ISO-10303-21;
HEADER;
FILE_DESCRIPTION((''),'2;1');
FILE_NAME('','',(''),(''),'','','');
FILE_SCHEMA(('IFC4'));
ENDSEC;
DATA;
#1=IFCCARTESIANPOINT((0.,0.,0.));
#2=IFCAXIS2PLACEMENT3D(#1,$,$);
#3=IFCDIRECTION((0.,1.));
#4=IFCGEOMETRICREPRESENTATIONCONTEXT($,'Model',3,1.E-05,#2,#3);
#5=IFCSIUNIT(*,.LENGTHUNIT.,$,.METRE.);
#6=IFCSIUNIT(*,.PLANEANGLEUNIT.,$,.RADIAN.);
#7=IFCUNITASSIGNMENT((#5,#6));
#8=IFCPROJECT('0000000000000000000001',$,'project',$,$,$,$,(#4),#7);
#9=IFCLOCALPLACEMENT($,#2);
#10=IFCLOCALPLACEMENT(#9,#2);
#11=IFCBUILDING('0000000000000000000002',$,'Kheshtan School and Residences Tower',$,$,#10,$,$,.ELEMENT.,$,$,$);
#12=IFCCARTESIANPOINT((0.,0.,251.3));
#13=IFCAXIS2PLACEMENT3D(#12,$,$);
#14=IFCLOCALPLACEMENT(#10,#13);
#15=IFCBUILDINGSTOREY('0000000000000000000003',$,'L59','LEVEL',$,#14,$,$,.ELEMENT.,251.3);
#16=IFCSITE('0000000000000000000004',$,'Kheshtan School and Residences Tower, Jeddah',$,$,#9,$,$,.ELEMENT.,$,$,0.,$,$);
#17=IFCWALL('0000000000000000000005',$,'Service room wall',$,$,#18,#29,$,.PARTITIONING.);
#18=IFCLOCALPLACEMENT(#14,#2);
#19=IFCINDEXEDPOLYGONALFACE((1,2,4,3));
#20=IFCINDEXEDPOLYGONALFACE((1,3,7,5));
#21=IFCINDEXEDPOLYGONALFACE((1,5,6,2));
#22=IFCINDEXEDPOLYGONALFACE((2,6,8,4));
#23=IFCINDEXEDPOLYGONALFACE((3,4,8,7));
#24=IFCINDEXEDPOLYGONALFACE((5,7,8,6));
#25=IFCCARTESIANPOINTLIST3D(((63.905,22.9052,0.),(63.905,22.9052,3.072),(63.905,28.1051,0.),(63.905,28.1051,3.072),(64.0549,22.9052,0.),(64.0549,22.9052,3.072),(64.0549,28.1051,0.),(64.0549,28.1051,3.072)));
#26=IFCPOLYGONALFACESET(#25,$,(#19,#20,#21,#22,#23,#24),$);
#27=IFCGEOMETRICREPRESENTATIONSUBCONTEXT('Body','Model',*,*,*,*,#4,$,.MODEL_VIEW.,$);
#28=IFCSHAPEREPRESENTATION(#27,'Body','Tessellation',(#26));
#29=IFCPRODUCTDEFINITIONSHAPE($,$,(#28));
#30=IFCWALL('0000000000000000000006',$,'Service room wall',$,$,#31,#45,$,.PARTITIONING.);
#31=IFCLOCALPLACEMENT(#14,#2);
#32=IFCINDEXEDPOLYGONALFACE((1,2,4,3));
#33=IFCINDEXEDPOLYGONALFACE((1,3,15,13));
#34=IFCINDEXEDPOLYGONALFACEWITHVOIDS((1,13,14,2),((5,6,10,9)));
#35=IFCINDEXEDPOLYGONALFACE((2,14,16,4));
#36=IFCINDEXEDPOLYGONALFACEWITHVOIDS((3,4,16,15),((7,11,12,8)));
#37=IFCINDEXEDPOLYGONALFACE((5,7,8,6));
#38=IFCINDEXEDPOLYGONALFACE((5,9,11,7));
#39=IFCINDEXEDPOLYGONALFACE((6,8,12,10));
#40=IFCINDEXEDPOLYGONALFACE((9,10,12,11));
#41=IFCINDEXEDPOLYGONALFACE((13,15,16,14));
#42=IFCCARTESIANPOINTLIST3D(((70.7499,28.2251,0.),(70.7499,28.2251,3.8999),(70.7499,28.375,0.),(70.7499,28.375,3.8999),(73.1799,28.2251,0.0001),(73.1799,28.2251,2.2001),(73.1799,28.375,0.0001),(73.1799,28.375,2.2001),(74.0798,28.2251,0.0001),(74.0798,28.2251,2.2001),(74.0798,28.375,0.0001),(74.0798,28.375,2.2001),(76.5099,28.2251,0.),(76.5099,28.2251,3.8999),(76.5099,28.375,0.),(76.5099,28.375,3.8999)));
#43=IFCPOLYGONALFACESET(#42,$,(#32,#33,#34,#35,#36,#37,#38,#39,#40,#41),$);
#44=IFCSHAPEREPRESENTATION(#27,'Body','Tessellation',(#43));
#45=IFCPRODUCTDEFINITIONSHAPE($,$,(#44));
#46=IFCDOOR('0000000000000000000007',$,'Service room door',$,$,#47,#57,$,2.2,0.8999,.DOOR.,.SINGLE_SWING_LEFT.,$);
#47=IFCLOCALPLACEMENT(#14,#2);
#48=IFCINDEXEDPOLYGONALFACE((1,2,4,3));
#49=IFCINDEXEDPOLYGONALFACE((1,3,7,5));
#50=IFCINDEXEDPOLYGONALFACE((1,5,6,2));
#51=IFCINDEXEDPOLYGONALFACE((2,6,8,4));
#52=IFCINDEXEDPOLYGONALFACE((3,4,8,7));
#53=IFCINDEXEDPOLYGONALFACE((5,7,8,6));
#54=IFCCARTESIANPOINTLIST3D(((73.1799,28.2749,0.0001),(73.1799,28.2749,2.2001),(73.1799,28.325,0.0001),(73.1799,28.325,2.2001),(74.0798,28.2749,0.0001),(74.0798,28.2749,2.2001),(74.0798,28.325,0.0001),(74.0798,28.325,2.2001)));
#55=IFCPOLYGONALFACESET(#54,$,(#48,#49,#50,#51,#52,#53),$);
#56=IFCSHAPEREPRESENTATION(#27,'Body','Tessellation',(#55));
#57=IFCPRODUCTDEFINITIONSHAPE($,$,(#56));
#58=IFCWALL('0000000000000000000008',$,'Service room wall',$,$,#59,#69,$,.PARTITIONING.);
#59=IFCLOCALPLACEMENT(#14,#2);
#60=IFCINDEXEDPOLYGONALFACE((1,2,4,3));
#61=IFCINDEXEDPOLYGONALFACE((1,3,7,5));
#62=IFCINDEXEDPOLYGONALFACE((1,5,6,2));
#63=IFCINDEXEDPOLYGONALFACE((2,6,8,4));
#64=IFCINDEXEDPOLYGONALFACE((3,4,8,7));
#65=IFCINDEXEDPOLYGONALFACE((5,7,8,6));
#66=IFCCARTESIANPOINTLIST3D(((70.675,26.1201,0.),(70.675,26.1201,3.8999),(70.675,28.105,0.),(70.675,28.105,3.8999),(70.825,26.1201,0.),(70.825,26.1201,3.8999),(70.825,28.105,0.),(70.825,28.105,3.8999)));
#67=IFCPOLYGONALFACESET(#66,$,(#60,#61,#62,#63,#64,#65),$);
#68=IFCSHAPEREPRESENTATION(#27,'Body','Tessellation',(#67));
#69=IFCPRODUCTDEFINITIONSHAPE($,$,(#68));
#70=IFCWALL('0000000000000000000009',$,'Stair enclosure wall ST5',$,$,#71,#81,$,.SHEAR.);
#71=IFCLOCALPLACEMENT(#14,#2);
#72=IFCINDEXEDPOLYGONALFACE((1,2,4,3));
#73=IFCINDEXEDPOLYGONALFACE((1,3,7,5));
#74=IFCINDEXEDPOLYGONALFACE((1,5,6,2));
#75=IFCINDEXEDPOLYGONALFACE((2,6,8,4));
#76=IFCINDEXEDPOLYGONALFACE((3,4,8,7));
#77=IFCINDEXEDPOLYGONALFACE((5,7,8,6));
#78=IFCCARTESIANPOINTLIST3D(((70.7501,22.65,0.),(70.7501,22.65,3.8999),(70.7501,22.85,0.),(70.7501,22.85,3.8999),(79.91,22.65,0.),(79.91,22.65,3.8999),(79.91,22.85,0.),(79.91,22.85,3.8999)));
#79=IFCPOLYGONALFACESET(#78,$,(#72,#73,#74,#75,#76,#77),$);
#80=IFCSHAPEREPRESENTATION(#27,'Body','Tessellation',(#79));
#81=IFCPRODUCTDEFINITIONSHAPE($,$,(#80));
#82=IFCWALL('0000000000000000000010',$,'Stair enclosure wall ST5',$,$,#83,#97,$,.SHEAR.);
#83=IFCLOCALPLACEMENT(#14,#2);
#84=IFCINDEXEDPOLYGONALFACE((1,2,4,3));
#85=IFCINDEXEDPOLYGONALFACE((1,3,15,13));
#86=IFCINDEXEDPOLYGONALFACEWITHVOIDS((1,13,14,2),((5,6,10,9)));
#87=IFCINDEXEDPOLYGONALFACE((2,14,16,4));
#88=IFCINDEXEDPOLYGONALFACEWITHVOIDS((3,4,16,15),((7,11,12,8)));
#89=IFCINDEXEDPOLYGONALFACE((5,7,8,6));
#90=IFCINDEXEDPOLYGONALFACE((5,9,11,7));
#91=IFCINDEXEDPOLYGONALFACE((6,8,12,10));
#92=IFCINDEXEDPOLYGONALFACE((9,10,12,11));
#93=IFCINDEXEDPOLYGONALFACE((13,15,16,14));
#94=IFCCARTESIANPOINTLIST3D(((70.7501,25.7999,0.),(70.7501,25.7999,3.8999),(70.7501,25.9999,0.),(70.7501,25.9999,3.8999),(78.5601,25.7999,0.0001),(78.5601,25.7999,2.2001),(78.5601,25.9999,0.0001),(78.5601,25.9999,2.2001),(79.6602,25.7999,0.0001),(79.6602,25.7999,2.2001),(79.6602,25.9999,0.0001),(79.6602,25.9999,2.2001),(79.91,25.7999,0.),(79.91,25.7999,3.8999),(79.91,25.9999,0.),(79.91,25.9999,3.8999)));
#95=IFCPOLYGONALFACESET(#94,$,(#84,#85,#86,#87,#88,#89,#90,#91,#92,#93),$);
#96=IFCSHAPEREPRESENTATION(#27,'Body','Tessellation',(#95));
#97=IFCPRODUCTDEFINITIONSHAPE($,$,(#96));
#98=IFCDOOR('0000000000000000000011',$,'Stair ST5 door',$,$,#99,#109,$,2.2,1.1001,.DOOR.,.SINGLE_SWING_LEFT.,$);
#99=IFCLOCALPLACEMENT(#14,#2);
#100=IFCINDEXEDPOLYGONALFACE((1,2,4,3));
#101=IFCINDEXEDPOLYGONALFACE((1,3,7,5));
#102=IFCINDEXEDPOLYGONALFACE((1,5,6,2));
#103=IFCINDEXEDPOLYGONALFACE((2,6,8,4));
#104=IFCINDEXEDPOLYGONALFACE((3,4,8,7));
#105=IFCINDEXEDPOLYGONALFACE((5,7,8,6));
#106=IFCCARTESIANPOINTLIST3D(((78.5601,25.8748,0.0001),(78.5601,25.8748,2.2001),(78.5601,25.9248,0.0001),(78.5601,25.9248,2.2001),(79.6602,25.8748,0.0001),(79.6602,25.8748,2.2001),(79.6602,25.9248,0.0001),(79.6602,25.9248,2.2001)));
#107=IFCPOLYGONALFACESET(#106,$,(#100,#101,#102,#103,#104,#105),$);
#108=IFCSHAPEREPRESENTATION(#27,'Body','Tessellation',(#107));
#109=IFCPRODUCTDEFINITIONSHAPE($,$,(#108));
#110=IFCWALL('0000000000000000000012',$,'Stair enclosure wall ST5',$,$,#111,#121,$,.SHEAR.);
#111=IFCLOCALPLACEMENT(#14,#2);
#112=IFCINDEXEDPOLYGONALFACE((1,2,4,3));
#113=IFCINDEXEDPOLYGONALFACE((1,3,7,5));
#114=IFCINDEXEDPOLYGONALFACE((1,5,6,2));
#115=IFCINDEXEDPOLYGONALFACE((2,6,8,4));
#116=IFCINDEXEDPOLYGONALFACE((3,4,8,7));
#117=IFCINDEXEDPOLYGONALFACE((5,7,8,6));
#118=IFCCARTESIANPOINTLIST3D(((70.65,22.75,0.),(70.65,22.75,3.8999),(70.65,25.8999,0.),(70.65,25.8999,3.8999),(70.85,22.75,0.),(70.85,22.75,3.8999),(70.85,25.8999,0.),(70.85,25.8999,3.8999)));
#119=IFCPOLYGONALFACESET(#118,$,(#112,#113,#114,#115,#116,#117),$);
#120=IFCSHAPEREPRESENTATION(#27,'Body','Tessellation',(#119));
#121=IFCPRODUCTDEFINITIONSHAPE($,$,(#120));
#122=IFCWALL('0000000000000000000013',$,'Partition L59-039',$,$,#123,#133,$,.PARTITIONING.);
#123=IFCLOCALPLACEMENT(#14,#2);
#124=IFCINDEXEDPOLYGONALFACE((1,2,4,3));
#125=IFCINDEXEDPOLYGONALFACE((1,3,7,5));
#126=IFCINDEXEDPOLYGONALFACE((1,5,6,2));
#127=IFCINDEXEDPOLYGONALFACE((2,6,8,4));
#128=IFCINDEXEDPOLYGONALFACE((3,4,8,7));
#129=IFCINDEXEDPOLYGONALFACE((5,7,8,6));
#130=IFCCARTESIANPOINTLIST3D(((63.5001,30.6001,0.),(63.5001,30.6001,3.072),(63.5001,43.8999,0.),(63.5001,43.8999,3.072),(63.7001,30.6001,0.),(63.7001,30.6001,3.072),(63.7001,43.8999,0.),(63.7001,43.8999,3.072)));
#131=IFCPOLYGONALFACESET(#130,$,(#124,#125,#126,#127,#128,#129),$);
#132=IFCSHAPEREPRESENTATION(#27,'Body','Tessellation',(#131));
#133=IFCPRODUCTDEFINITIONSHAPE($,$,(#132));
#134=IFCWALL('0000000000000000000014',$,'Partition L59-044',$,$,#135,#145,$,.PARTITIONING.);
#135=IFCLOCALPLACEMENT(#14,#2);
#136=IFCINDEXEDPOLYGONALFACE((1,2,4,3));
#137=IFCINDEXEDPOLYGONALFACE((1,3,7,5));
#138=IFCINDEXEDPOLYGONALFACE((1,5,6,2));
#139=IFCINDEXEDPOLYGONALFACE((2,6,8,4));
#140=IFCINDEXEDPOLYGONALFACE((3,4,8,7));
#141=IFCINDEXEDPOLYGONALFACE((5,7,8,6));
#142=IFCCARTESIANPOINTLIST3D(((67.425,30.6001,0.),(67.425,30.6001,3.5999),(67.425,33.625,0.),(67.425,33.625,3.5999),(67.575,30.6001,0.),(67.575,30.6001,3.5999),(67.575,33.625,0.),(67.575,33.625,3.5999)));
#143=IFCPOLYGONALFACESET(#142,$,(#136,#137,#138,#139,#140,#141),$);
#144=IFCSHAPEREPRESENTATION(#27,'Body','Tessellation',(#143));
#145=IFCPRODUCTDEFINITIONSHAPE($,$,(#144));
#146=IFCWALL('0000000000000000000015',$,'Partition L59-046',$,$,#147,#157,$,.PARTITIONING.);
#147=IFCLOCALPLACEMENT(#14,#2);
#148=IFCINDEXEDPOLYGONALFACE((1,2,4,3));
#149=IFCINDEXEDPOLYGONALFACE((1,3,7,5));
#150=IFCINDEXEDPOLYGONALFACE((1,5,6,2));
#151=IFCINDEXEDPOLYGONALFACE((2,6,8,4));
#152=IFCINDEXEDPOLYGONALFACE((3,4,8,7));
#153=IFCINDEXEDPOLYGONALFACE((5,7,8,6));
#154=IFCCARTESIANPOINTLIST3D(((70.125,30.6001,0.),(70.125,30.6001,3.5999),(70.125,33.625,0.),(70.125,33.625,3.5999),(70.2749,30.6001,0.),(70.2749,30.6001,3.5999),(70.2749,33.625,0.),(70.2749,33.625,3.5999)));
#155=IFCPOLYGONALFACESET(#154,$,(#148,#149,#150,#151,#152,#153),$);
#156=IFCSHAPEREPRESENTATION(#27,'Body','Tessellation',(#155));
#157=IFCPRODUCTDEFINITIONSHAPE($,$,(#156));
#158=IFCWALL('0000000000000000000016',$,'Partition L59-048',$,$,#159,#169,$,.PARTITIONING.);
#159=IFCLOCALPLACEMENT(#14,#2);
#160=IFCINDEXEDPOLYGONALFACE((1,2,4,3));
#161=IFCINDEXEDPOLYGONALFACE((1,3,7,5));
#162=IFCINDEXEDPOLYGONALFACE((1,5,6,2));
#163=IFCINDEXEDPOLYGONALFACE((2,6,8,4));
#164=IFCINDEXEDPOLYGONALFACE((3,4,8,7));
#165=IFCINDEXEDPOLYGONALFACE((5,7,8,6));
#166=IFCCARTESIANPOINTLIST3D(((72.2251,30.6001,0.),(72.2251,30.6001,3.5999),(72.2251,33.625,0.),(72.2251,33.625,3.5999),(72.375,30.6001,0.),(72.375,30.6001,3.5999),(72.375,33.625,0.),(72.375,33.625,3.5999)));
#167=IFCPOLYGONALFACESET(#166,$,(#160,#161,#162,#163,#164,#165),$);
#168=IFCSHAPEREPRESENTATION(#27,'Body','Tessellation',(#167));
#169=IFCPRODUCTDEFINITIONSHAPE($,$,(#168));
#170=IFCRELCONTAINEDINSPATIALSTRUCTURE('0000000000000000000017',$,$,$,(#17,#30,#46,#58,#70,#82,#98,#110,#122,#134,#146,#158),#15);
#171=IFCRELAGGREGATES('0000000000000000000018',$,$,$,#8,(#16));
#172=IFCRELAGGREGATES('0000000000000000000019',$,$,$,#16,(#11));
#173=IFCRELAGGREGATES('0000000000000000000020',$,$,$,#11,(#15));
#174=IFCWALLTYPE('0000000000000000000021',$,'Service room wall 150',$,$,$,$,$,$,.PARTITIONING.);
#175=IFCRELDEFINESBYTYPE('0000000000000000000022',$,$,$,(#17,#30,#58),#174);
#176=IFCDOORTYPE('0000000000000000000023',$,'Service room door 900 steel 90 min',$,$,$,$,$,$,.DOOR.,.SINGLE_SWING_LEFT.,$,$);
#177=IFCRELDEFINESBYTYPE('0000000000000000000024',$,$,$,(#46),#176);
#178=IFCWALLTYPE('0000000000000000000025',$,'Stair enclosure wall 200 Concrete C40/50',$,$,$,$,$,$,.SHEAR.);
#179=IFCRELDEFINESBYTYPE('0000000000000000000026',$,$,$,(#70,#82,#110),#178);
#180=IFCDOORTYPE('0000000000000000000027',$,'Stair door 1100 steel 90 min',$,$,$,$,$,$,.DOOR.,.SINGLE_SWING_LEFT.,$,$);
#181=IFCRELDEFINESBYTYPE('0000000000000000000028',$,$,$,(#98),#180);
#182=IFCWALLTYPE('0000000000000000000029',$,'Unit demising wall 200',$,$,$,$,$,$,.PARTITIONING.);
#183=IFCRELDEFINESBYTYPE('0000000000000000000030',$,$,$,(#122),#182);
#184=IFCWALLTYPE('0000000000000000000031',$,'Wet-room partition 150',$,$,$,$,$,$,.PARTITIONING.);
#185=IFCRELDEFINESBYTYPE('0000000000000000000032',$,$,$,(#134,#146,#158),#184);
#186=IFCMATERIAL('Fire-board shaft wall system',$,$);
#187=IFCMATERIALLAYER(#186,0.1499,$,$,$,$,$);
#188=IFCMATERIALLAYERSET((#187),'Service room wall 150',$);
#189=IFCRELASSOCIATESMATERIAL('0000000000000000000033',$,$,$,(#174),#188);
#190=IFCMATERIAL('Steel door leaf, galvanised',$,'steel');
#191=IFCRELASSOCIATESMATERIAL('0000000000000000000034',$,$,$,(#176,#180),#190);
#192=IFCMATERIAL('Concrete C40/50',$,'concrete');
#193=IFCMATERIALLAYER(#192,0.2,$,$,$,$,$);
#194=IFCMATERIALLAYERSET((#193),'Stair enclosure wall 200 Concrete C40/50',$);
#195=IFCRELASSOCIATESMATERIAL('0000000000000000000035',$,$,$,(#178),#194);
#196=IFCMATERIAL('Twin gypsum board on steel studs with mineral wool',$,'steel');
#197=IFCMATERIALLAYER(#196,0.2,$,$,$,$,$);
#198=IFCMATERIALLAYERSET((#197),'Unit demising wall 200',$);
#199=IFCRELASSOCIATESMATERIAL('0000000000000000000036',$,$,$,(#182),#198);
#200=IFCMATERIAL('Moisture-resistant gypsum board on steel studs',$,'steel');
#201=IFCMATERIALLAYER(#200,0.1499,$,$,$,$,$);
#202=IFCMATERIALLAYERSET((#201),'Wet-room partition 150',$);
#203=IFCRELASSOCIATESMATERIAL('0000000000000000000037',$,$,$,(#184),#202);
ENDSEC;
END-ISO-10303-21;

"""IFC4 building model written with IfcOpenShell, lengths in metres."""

from ifc_helpers import new_model, si_unit, direction, frame, frame_2d, origin, place, context, subcontext, project, spatial, rectangle, extrude, source, transform, mapped, material, layer, layer_set, type_object, element, fill, save


model = new_model("IFC4")

# Units and contexts
model_context = context("Model", 3, precision=1e-05, world=origin(), true_north=direction((0.0, 1.0)))
body_context = subcontext(model_context, "Body", "Model", "MODEL_VIEW")
ifc_project = project(units=[si_unit("LENGTHUNIT", "METRE"), si_unit("PLANEANGLEUNIT", "RADIAN")], contexts=[model_context])

# Site, building, storey
site_placement = place(None, origin())
site = spatial("IfcSite", under=ifc_project, at=site_placement, Name="Kheshtan School and Residences Tower, Jeddah", CompositionType="ELEMENT", RefElevation=0.0)
building_placement = place(site_placement, origin())
building = spatial("IfcBuilding", under=site, at=building_placement, Name="Kheshtan School and Residences Tower", CompositionType="ELEMENT")
storey_placement = place(building_placement, frame((0.0, 0.0, 251.3)))
storey = spatial("IfcBuildingStorey", under=building, at=storey_placement, Name="L59", Description="LEVEL", CompositionType="ELEMENT", Elevation=251.3)

# Shared definitions
ifc_material_1 = material(Name="Fire-board shaft wall system")
ifc_layer_1 = layer(ifc_material_1, 0.1499)
ifc_layer_set_1 = layer_set([ifc_layer_1], Name="Service room wall 150")
wall_type_1 = type_object("IfcWallType", Name="Service room wall 150", PredefinedType="PARTITIONING", material=ifc_layer_set_1)

# Shared definitions
ifc_material_2 = material(Name="Steel door leaf, galvanised", Category="steel")
door_type_1 = type_object("IfcDoorType", Name="Service room door 900 steel 90 min", OperationType="SINGLE_SWING_LEFT", PredefinedType="DOOR", material=ifc_material_2)
shared_shape_1 = source(origin(), body_context, "Body", "SweptSolid", [
    extrude(rectangle(XDim=0.8999, YDim=2.2, at=frame_2d((0.45, 1.1001))), frame((0.0, 0.0249, 0.0), z_axis=(0.0, -1.0, 0.0), x_axis=(1.0, 0.0, 0.0)), (0.0, 0.0, 1.0), 0.05),
])

# Wall
wall_1_placement = place(storey_placement, frame((63.98, 22.905, 0.0), z_axis=(0.0, 0.0, 1.0), x_axis=(0.0, 1.0, 0.0)))
element("IfcWall", 1, at=wall_1_placement, inside=storey, type_object=wall_type_1, Name="Service room wall", PredefinedType="PARTITIONING", context=body_context, shape_type="SweptSolid", body=[
    extrude(rectangle(XDim=5.2, YDim=0.1499, at=frame_2d((2.6001, 0.0))), origin(), (0.0, 0.0, 1.0), 3.072),
])

# Wall, opening, door
wall_2_placement = place(storey_placement, frame((70.75, 28.3, 0.0), z_axis=(0.0, 0.0, 1.0), x_axis=(1.0, 0.0, 0.0)))
wall_2 = element("IfcWall", 2, at=wall_2_placement, inside=storey, type_object=wall_type_1, Name="Service room wall", PredefinedType="PARTITIONING", context=body_context, shape_type="SweptSolid", body=[
    extrude(rectangle(XDim=5.76, YDim=0.1499, at=frame_2d((2.8799, 0.0))), origin(), (0.0, 0.0, 1.0), 3.8999),
])
opening_1_placement = place(wall_2_placement, frame((2.4299, 0.0, 0.0)))
opening_1 = element("IfcOpeningElement", 3, at=opening_1_placement, cuts=wall_2, PredefinedType="OPENING", context=body_context, shape_type="SweptSolid", body=[
    extrude(rectangle(XDim=0.8999, YDim=2.2, at=frame_2d((0.45, 1.1001))), frame((0.0, 0.085, 0.0), z_axis=(0.0, -1.0, 0.0), x_axis=(1.0, 0.0, 0.0)), (0.0, 0.0, 1.0), 0.1699),
])
door_1_placement = place(opening_1_placement, origin())
door_1 = element("IfcDoor", 4, at=door_1_placement, inside=storey, type_object=door_type_1, Name="Service room door", OperationType="SINGLE_SWING_LEFT", OverallHeight=2.2, OverallWidth=0.8999, PredefinedType="DOOR", context=body_context, shape_type="MappedRepresentation", body=[
    mapped(shared_shape_1, transform((0.0, 0.0, 0.0), x_axis=(1.0, 0.0, 0.0), y_axis=(0.0, 1.0, 0.0), z_axis=(0.0, 0.0, 1.0), scale=1.0)),
])
fill(opening_1, door_1)

# Walls
wall_3_placement = place(storey_placement, frame((70.75, 26.1201, 0.0), z_axis=(0.0, 0.0, 1.0), x_axis=(0.0, 1.0, 0.0)))
element("IfcWall", 5, at=wall_3_placement, inside=storey, type_object=wall_type_1, Name="Service room wall", PredefinedType="PARTITIONING", context=body_context, shape_type="SweptSolid", body=[
    extrude(rectangle(XDim=1.9849, YDim=0.1499, at=frame_2d((0.9924, 0.0))), origin(), (0.0, 0.0, 1.0), 3.8999),
])
ifc_material_3 = material(Name="Concrete C40/50", Category="concrete")
ifc_layer_2 = layer(ifc_material_3, 0.2)
ifc_layer_set_2 = layer_set([ifc_layer_2], Name="Stair enclosure wall 200 Concrete C40/50")
wall_type_2 = type_object("IfcWallType", Name="Stair enclosure wall 200 Concrete C40/50", PredefinedType="SHEAR", material=ifc_layer_set_2)
wall_4_placement = place(storey_placement, frame((70.75, 22.75, 0.0), z_axis=(0.0, 0.0, 1.0), x_axis=(1.0, 0.0, 0.0)))
element("IfcWall", 6, at=wall_4_placement, inside=storey, type_object=wall_type_2, Name="Stair enclosure wall ST5", PredefinedType="SHEAR", context=body_context, shape_type="SweptSolid", body=[
    extrude(rectangle(XDim=9.1599, YDim=0.2, at=frame_2d((4.5801, 0.0))), origin(), (0.0, 0.0, 1.0), 3.8999),
])

# Wall, opening, door
wall_5_placement = place(storey_placement, frame((70.75, 25.8999, 0.0), z_axis=(0.0, 0.0, 1.0), x_axis=(1.0, 0.0, 0.0)))
wall_5 = element("IfcWall", 7, at=wall_5_placement, inside=storey, type_object=wall_type_2, Name="Stair enclosure wall ST5", PredefinedType="SHEAR", context=body_context, shape_type="SweptSolid", body=[
    extrude(rectangle(XDim=9.1599, YDim=0.2, at=frame_2d((4.5801, 0.0))), origin(), (0.0, 0.0, 1.0), 3.8999),
])
opening_2_placement = place(wall_5_placement, frame((7.8101, 0.0, 0.0)))
opening_2 = element("IfcOpeningElement", 8, at=opening_2_placement, cuts=wall_5, PredefinedType="OPENING", context=body_context, shape_type="SweptSolid", body=[
    extrude(rectangle(XDim=1.1001, YDim=2.2, at=frame_2d((0.55, 1.1001))), frame((0.0, 0.1099, 0.0), z_axis=(0.0, -1.0, 0.0), x_axis=(1.0, 0.0, 0.0)), (0.0, 0.0, 1.0), 0.22),
])
door_type_2 = type_object("IfcDoorType", Name="Stair door 1100 steel 90 min", OperationType="SINGLE_SWING_LEFT", PredefinedType="DOOR", material=ifc_material_2)
shared_shape_2 = source(origin(), body_context, "Body", "SweptSolid", [
    extrude(rectangle(XDim=1.1001, YDim=2.2, at=frame_2d((0.55, 1.1001))), frame((0.0, 0.0249, 0.0), z_axis=(0.0, -1.0, 0.0), x_axis=(1.0, 0.0, 0.0)), (0.0, 0.0, 1.0), 0.05),
])
door_2_placement = place(opening_2_placement, origin())
door_2 = element("IfcDoor", 9, at=door_2_placement, inside=storey, type_object=door_type_2, Name="Stair ST5 door", OperationType="SINGLE_SWING_LEFT", OverallHeight=2.2, OverallWidth=1.1001, PredefinedType="DOOR", context=body_context, shape_type="MappedRepresentation", body=[
    mapped(shared_shape_2, transform((0.0, 0.0, 0.0), x_axis=(1.0, 0.0, 0.0), y_axis=(0.0, 1.0, 0.0), z_axis=(0.0, 0.0, 1.0), scale=1.0)),
])
fill(opening_2, door_2)

# Walls
wall_6_placement = place(storey_placement, frame((70.75, 22.75, 0.0), z_axis=(0.0, 0.0, 1.0), x_axis=(0.0, 1.0, 0.0)))
element("IfcWall", 10, at=wall_6_placement, inside=storey, type_object=wall_type_2, Name="Stair enclosure wall ST5", PredefinedType="SHEAR", context=body_context, shape_type="SweptSolid", body=[
    extrude(rectangle(XDim=3.1499, YDim=0.2, at=frame_2d((1.575, 0.0))), origin(), (0.0, 0.0, 1.0), 3.8999),
])
ifc_material_4 = material(Name="Twin gypsum board on steel studs with mineral wool", Category="steel")
ifc_layer_3 = layer(ifc_material_4, 0.2)
ifc_layer_set_3 = layer_set([ifc_layer_3], Name="Unit demising wall 200")
wall_type_3 = type_object("IfcWallType", Name="Unit demising wall 200", PredefinedType="PARTITIONING", material=ifc_layer_set_3)
wall_7_placement = place(storey_placement, frame((63.6001, 30.6001, 0.0), z_axis=(0.0, 0.0, 1.0), x_axis=(0.0, 1.0, 0.0)))
element("IfcWall", 11, at=wall_7_placement, inside=storey, type_object=wall_type_3, Name="Partition L59-039", PredefinedType="PARTITIONING", context=body_context, shape_type="SweptSolid", body=[
    extrude(rectangle(XDim=13.2998, YDim=0.2, at=frame_2d((6.6499, 0.0))), origin(), (0.0, 0.0, 1.0), 3.072),
])
ifc_material_5 = material(Name="Moisture-resistant gypsum board on steel studs", Category="steel")
ifc_layer_4 = layer(ifc_material_5, 0.1499)
ifc_layer_set_4 = layer_set([ifc_layer_4], Name="Wet-room partition 150")
wall_type_4 = type_object("IfcWallType", Name="Wet-room partition 150", PredefinedType="PARTITIONING", material=ifc_layer_set_4)
for number, where, z_axis, x_axis, name in (
    (12, (67.5, 30.6001, 0.0), (0.0, 0.0, 1.0), (0.0, 1.0, 0.0), "Partition L59-044"),
    (13, (70.2, 30.6001, 0.0), (0.0, 0.0, 1.0), (0.0, 1.0, 0.0), "Partition L59-046"),
    (14, (72.3, 30.6001, 0.0), (0.0, 0.0, 1.0), (0.0, 1.0, 0.0), "Partition L59-048"),
):
    element("IfcWall", number, at=place(storey_placement, frame(where, z_axis=z_axis, x_axis=x_axis)), inside=storey, type_object=wall_type_4, Name=name, PredefinedType="PARTITIONING", context=body_context, shape_type="SweptSolid", body=[
        extrude(rectangle(XDim=3.0249, YDim=0.1499, at=frame_2d((1.5125, 0.0))), origin(), (0.0, 0.0, 1.0), 3.5999),
    ])

save(model, "model.ifc")
